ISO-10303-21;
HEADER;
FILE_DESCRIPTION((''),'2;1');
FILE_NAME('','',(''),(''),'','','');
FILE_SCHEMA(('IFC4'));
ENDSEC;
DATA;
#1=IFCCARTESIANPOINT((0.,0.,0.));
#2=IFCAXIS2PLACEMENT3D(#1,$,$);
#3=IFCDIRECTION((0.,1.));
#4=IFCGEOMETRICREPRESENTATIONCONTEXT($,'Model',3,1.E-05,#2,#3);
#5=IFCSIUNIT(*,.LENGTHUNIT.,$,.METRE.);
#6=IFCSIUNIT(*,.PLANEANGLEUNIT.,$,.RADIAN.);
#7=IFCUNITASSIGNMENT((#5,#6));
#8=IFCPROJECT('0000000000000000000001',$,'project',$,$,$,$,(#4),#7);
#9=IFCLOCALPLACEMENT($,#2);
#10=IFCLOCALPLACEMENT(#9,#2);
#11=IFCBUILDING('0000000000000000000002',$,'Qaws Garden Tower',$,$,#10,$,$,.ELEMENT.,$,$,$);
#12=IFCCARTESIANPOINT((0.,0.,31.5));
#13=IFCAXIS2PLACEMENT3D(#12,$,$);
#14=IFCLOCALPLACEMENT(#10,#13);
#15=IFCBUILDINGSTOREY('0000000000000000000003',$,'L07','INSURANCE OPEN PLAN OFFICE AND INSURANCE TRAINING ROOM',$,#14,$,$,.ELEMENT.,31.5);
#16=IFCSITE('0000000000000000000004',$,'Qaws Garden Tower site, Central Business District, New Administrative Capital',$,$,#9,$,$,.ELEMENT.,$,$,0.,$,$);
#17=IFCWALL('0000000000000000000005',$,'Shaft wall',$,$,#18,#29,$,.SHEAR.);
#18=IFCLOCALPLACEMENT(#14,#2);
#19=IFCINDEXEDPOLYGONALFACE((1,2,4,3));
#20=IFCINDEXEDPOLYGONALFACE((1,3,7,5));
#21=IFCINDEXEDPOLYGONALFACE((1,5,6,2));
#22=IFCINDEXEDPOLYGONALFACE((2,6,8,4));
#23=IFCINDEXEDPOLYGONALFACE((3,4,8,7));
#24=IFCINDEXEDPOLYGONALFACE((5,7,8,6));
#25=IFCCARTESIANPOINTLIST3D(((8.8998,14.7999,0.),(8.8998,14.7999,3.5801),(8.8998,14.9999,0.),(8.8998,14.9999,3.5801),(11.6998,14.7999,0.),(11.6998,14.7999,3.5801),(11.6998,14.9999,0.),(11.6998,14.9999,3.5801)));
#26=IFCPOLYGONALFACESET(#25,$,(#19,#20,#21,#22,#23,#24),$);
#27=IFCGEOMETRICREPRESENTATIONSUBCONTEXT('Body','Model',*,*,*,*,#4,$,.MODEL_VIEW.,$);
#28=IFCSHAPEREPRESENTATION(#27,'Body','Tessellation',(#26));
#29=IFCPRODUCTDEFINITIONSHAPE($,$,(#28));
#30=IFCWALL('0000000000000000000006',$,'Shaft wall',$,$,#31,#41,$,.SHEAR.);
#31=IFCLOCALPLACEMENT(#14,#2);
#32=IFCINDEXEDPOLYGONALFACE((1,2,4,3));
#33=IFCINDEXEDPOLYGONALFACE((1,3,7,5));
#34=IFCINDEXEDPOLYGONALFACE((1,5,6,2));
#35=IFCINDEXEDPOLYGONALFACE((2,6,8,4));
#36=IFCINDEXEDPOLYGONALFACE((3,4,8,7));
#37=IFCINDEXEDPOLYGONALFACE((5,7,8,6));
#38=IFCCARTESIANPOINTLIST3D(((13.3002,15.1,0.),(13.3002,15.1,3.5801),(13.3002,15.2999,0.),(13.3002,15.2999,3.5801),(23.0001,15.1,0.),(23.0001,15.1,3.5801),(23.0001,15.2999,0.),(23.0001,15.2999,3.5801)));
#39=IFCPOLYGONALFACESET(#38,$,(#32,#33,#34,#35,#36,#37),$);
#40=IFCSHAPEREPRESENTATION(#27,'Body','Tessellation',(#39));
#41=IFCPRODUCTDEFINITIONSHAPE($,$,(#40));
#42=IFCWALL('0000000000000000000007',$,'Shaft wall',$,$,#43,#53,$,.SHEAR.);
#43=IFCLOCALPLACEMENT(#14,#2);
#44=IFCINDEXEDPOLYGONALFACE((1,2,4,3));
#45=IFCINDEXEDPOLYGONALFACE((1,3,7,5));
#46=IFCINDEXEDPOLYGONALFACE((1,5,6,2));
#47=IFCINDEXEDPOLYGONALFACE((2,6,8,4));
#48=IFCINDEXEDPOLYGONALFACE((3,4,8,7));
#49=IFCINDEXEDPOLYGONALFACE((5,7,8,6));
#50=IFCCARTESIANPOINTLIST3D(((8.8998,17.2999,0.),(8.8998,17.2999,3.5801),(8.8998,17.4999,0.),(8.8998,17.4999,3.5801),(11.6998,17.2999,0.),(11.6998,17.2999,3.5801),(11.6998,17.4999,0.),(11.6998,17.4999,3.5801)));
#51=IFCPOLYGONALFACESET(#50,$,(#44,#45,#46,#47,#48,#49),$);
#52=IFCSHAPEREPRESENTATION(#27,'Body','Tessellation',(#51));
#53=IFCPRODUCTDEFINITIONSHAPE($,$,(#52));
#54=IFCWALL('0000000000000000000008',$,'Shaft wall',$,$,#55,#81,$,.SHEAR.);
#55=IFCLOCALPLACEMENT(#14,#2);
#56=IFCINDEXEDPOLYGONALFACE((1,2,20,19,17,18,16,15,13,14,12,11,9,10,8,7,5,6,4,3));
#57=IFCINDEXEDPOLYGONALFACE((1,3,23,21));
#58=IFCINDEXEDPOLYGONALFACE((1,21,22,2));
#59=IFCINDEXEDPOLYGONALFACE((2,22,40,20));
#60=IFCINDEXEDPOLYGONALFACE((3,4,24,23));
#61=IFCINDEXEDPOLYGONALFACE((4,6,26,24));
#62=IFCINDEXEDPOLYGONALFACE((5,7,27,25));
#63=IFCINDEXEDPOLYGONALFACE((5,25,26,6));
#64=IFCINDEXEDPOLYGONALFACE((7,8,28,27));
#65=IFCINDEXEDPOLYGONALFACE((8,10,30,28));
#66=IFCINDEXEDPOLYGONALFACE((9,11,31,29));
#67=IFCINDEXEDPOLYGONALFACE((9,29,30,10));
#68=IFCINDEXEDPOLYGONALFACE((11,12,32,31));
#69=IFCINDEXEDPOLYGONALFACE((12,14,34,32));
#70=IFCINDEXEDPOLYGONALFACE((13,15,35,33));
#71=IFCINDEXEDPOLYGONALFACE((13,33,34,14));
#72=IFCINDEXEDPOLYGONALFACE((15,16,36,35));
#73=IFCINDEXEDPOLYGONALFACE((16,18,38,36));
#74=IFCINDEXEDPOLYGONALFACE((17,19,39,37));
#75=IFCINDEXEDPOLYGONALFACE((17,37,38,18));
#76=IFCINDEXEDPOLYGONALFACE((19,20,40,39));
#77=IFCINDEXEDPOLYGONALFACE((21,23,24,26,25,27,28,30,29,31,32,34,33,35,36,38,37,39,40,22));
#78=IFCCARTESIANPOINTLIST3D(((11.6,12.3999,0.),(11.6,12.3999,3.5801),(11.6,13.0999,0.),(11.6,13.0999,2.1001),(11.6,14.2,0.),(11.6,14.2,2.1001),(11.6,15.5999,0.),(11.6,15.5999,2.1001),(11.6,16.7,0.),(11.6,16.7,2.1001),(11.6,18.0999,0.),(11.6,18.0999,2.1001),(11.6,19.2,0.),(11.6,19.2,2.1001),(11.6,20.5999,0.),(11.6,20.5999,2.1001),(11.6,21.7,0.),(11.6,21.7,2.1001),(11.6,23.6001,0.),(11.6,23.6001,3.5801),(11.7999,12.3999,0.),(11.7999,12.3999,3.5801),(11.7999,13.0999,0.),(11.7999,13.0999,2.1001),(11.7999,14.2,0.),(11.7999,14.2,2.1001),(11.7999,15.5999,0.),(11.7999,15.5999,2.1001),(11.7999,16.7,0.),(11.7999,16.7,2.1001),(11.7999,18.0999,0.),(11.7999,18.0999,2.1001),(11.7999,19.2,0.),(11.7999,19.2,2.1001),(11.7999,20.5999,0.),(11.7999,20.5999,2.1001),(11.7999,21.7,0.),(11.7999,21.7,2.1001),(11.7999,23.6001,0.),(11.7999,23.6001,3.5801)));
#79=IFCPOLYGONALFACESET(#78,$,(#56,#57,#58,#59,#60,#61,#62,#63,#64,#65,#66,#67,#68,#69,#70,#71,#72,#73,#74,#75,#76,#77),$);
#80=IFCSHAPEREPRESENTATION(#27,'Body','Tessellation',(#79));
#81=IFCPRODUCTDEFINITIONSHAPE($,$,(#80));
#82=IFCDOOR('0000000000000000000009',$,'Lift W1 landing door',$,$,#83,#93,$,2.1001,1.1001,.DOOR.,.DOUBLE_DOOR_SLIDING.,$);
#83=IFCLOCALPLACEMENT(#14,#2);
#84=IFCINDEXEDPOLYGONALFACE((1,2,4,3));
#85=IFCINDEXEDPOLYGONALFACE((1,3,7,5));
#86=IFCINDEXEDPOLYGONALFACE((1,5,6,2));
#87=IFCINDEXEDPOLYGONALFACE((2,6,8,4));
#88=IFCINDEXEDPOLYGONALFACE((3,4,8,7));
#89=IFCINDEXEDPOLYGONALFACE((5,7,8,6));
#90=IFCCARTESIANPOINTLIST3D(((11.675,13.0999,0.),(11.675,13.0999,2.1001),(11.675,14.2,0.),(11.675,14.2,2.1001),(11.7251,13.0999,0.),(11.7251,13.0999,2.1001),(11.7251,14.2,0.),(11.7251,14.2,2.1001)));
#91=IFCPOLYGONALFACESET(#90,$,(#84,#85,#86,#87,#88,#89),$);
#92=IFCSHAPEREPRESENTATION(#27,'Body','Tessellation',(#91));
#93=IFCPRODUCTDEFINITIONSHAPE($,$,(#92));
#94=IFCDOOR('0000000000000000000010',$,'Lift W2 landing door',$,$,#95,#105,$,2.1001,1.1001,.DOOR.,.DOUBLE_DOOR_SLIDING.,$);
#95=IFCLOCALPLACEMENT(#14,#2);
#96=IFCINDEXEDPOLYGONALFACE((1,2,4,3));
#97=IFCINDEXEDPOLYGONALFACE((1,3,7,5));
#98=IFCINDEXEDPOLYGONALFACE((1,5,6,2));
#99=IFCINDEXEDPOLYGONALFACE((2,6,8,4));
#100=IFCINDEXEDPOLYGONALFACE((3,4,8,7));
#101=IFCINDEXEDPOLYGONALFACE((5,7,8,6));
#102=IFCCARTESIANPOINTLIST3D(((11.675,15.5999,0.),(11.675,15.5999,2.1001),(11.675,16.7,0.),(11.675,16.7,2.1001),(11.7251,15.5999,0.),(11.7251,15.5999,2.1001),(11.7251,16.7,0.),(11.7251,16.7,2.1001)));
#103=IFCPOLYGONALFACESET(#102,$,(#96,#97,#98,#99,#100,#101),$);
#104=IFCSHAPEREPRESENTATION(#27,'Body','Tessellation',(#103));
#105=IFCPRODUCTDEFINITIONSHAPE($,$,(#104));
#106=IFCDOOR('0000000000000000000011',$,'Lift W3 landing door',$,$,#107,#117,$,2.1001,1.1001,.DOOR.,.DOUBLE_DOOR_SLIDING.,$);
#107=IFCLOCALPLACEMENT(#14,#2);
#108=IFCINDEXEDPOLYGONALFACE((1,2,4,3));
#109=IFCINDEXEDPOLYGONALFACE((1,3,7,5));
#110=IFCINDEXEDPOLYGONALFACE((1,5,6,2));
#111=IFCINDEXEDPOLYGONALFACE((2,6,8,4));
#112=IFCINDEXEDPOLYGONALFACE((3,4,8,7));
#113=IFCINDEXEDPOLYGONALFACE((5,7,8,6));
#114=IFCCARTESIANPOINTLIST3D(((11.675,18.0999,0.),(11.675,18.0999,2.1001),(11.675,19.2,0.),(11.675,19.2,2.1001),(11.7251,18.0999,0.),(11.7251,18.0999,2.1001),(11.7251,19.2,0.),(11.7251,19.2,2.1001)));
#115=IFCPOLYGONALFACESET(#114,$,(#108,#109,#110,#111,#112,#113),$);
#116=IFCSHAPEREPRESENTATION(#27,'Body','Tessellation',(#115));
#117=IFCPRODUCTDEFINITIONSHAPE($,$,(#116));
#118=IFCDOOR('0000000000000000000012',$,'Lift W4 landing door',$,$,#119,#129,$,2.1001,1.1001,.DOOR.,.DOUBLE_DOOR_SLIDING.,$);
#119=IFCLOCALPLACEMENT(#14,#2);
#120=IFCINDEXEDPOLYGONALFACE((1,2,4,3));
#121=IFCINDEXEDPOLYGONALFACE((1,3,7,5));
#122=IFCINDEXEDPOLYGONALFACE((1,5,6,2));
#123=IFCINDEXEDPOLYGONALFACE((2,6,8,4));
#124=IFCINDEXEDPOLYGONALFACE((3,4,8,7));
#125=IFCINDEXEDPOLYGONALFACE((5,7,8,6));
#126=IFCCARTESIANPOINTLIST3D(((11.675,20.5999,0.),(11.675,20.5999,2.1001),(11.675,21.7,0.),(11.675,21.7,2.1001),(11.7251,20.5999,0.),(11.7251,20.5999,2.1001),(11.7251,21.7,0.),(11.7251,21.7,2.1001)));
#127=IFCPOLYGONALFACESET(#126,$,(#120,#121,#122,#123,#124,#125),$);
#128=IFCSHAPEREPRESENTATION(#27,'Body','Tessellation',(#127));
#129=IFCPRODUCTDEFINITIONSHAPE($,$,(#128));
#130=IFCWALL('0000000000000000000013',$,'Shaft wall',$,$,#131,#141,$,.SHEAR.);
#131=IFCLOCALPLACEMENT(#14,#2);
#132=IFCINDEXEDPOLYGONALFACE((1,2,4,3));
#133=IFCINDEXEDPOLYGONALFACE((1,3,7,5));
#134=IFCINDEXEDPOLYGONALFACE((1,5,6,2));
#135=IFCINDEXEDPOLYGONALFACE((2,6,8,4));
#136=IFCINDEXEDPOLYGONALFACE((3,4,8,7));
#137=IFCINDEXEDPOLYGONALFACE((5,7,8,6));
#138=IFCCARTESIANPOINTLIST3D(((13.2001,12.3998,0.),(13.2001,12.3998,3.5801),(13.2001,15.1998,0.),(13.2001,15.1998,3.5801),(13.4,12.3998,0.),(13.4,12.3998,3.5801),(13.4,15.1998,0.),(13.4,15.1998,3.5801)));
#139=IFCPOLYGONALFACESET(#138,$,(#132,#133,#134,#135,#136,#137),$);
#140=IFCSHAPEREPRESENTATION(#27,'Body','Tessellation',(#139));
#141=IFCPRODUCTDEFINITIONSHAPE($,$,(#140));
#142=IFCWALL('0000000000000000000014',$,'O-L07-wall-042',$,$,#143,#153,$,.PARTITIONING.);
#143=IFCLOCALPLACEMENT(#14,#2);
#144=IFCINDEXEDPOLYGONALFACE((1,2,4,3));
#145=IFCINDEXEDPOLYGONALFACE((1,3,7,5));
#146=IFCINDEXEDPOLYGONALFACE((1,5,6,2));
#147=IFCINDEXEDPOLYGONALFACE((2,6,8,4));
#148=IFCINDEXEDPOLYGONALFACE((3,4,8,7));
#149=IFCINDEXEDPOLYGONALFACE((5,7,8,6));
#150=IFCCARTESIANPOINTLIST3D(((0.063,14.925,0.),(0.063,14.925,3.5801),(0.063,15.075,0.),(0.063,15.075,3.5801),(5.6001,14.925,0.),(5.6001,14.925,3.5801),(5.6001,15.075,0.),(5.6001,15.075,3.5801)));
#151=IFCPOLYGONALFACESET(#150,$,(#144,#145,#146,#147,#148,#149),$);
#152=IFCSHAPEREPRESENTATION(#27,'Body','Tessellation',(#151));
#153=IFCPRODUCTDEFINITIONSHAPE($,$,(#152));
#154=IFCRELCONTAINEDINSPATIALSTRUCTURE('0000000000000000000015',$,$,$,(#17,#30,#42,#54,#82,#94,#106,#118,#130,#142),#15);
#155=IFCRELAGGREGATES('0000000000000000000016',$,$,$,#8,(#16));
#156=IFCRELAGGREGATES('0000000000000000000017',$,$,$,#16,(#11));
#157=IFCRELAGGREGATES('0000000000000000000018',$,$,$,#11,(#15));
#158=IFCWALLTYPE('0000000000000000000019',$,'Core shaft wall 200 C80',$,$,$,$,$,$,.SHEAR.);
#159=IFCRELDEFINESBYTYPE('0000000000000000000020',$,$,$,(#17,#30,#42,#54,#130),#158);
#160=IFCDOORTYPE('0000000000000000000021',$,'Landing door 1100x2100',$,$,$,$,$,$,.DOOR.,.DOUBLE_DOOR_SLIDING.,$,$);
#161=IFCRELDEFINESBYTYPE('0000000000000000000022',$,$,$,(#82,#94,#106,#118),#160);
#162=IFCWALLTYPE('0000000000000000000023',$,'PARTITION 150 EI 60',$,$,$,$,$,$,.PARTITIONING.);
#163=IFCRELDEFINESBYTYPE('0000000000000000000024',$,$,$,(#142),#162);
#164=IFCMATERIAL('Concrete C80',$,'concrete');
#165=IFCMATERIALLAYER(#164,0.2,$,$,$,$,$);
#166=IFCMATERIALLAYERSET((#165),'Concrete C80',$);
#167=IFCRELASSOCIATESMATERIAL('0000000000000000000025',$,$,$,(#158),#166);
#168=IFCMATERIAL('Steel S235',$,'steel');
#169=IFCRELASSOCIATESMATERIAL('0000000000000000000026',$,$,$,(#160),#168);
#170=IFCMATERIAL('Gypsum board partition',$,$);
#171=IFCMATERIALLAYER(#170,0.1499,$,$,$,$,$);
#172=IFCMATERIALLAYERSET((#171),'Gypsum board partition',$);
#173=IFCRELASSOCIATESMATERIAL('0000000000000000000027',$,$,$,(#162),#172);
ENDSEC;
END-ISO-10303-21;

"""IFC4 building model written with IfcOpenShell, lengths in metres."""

from ifc_helpers import new_model, si_unit, direction, frame, frame_2d, origin, place, context, subcontext, project, spatial, rectangle, extrude, material, layer, layer_set, type_object, element, fill, save


model = new_model("IFC4")

# Units and contexts
model_context = context("Model", 3, precision=1e-05, world=origin(), true_north=direction((0.0, 1.0)))
body_context = subcontext(model_context, "Body", "Model", "MODEL_VIEW")
ifc_project = project(units=[si_unit("LENGTHUNIT", "METRE"), si_unit("PLANEANGLEUNIT", "RADIAN")], contexts=[model_context])

# Site, building, storey
site_placement = place(None, origin())
site = spatial("IfcSite", under=ifc_project, at=site_placement, Name="Qaws Garden Tower site, Central Business District, New Administrative Capital", CompositionType="ELEMENT", RefElevation=0.0)
building_placement = place(site_placement, origin())
building = spatial("IfcBuilding", under=site, at=building_placement, Name="Qaws Garden Tower", CompositionType="ELEMENT")
storey_placement = place(building_placement, frame((0.0, 0.0, 31.5)))
storey = spatial("IfcBuildingStorey", under=building, at=storey_placement, Name="L07", Description="INSURANCE OPEN PLAN OFFICE AND INSURANCE TRAINING ROOM", CompositionType="ELEMENT", Elevation=31.5)

# Shared definitions
ifc_material_1 = material(Name="Concrete C80", Category="concrete")
ifc_layer_1 = layer(ifc_material_1, 0.2)
ifc_layer_set_1 = layer_set([ifc_layer_1], Name="Concrete C80")
wall_type_1 = type_object("IfcWallType", Name="Core shaft wall 200 C80", PredefinedType="SHEAR", material=ifc_layer_set_1)

# Shared definitions
ifc_material_2 = material(Name="Steel S235", Category="steel")
door_type_1 = type_object("IfcDoorType", Name="Landing door 1100x2100", OperationType="DOUBLE_DOOR_SLIDING", PredefinedType="DOOR", material=ifc_material_2)

# Walls
wall_1_placement = place(storey_placement, frame((8.8999, 14.8999, 0.0), z_axis=(0.0, 0.0, 1.0), x_axis=(1.0, 0.0, 0.0)))
element("IfcWall", 1, at=wall_1_placement, inside=storey, type_object=wall_type_1, Name="Shaft wall", PredefinedType="SHEAR", context=body_context, shape_type="SweptSolid", body=[
    extrude(rectangle(XDim=2.8, YDim=0.2, at=frame_2d((1.3999, 0.0))), origin(), (0.0, 0.0, 1.0), 3.5801),
])
wall_2_placement = place(storey_placement, frame((13.3, 15.2, 0.0), z_axis=(0.0, 0.0, 1.0), x_axis=(1.0, 0.0, 0.0)))
element("IfcWall", 2, at=wall_2_placement, inside=storey, type_object=wall_type_1, Name="Shaft wall", PredefinedType="SHEAR", context=body_context, shape_type="SweptSolid", body=[
    extrude(rectangle(XDim=9.7, YDim=0.2, at=frame_2d((4.8501, 0.0))), origin(), (0.0, 0.0, 1.0), 3.5801),
])
wall_3_placement = place(storey_placement, frame((8.8999, 17.3999, 0.0), z_axis=(0.0, 0.0, 1.0), x_axis=(1.0, 0.0, 0.0)))
element("IfcWall", 3, at=wall_3_placement, inside=storey, type_object=wall_type_1, Name="Shaft wall", PredefinedType="SHEAR", context=body_context, shape_type="SweptSolid", body=[
    extrude(rectangle(XDim=2.8, YDim=0.2, at=frame_2d((1.3999, 0.0))), origin(), (0.0, 0.0, 1.0), 3.5801),
])

# Wall, openings, doors
wall_4_placement = place(storey_placement, frame((11.7, 12.3999, 0.0), z_axis=(0.0, 0.0, 1.0), x_axis=(0.0, 1.0, 0.0)))
wall_4 = element("IfcWall", 4, at=wall_4_placement, inside=storey, type_object=wall_type_1, Name="Shaft wall", PredefinedType="SHEAR", context=body_context, shape_type="SweptSolid", body=[
    extrude(rectangle(XDim=11.2002, YDim=0.2, at=frame_2d((5.6001, 0.0))), origin(), (0.0, 0.0, 1.0), 3.5801),
])
opening_1_placement = place(wall_4_placement, frame((0.7, 0.0, 0.0)))
opening_1 = element("IfcOpeningElement", 5, at=opening_1_placement, cuts=wall_4, PredefinedType="OPENING", context=body_context, shape_type="SweptSolid", body=[
    extrude(rectangle(XDim=1.1001, YDim=2.1001, at=frame_2d((0.55, 1.05))), frame((0.0, 0.1099, 0.0), z_axis=(0.0, -1.0, 0.0), x_axis=(1.0, 0.0, 0.0)), (0.0, 0.0, 1.0), 0.22),
])
opening_2_placement = place(wall_4_placement, frame((3.2, 0.0, 0.0)))
opening_2 = element("IfcOpeningElement", 6, at=opening_2_placement, cuts=wall_4, PredefinedType="OPENING", context=body_context, shape_type="SweptSolid", body=[
    extrude(rectangle(XDim=1.1001, YDim=2.1001, at=frame_2d((0.55, 1.05))), frame((0.0, 0.1099, 0.0), z_axis=(0.0, -1.0, 0.0), x_axis=(1.0, 0.0, 0.0)), (0.0, 0.0, 1.0), 0.22),
])
opening_3_placement = place(wall_4_placement, frame((5.7, 0.0, 0.0)))
opening_3 = element("IfcOpeningElement", 7, at=opening_3_placement, cuts=wall_4, PredefinedType="OPENING", context=body_context, shape_type="SweptSolid", body=[
    extrude(rectangle(XDim=1.1001, YDim=2.1001, at=frame_2d((0.55, 1.05))), frame((0.0, 0.1099, 0.0), z_axis=(0.0, -1.0, 0.0), x_axis=(1.0, 0.0, 0.0)), (0.0, 0.0, 1.0), 0.22),
])
opening_4_placement = place(wall_4_placement, frame((8.2, 0.0, 0.0)))
opening_4 = element("IfcOpeningElement", 8, at=opening_4_placement, cuts=wall_4, PredefinedType="OPENING", context=body_context, shape_type="SweptSolid", body=[
    extrude(rectangle(XDim=1.1001, YDim=2.1001, at=frame_2d((0.55, 1.05))), frame((0.0, 0.1099, 0.0), z_axis=(0.0, -1.0, 0.0), x_axis=(1.0, 0.0, 0.0)), (0.0, 0.0, 1.0), 0.22),
])
door_1_placement = place(opening_1_placement, origin())
door_1 = element("IfcDoor", 9, at=door_1_placement, inside=storey, type_object=door_type_1, Name="Lift W1 landing door", OperationType="DOUBLE_DOOR_SLIDING", OverallHeight=2.1001, OverallWidth=1.1001, PredefinedType="DOOR", context=body_context, shape_type="SweptSolid", body=[
    extrude(rectangle(XDim=1.1001, YDim=2.1001, at=frame_2d((0.55, 1.05))), frame((0.0, 0.0249, 0.0), z_axis=(0.0, -1.0, 0.0), x_axis=(1.0, 0.0, 0.0)), (0.0, 0.0, 1.0), 0.05),
])
fill(opening_1, door_1)
door_2_placement = place(opening_2_placement, origin())
door_2 = element("IfcDoor", 10, at=door_2_placement, inside=storey, type_object=door_type_1, Name="Lift W2 landing door", OperationType="DOUBLE_DOOR_SLIDING", OverallHeight=2.1001, OverallWidth=1.1001, PredefinedType="DOOR", context=body_context, shape_type="SweptSolid", body=[
    extrude(rectangle(XDim=1.1001, YDim=2.1001, at=frame_2d((0.55, 1.05))), frame((0.0, 0.0249, 0.0), z_axis=(0.0, -1.0, 0.0), x_axis=(1.0, 0.0, 0.0)), (0.0, 0.0, 1.0), 0.05),
])
fill(opening_2, door_2)
door_3_placement = place(opening_3_placement, origin())
door_3 = element("IfcDoor", 11, at=door_3_placement, inside=storey, type_object=door_type_1, Name="Lift W3 landing door", OperationType="DOUBLE_DOOR_SLIDING", OverallHeight=2.1001, OverallWidth=1.1001, PredefinedType="DOOR", context=body_context, shape_type="SweptSolid", body=[
    extrude(rectangle(XDim=1.1001, YDim=2.1001, at=frame_2d((0.55, 1.05))), frame((0.0, 0.0249, 0.0), z_axis=(0.0, -1.0, 0.0), x_axis=(1.0, 0.0, 0.0)), (0.0, 0.0, 1.0), 0.05),
])
fill(opening_3, door_3)
door_4_placement = place(opening_4_placement, origin())
door_4 = element("IfcDoor", 12, at=door_4_placement, inside=storey, type_object=door_type_1, Name="Lift W4 landing door", OperationType="DOUBLE_DOOR_SLIDING", OverallHeight=2.1001, OverallWidth=1.1001, PredefinedType="DOOR", context=body_context, shape_type="SweptSolid", body=[
    extrude(rectangle(XDim=1.1001, YDim=2.1001, at=frame_2d((0.55, 1.05))), frame((0.0, 0.0249, 0.0), z_axis=(0.0, -1.0, 0.0), x_axis=(1.0, 0.0, 0.0)), (0.0, 0.0, 1.0), 0.05),
])
fill(opening_4, door_4)

# Walls
wall_5_placement = place(storey_placement, frame((13.3, 12.3999, 0.0), z_axis=(0.0, 0.0, 1.0), x_axis=(0.0, 1.0, 0.0)))
element("IfcWall", 13, at=wall_5_placement, inside=storey, type_object=wall_type_1, Name="Shaft wall", PredefinedType="SHEAR", context=body_context, shape_type="SweptSolid", body=[
    extrude(rectangle(XDim=2.8, YDim=0.2, at=frame_2d((1.3999, 0.0))), origin(), (0.0, 0.0, 1.0), 3.5801),
])
ifc_material_3 = material(Name="Gypsum board partition")
ifc_layer_2 = layer(ifc_material_3, 0.1499)
ifc_layer_set_2 = layer_set([ifc_layer_2], Name="Gypsum board partition")
wall_type_2 = type_object("IfcWallType", Name="PARTITION 150 EI 60", PredefinedType="PARTITIONING", material=ifc_layer_set_2)
wall_6_placement = place(storey_placement, frame((0.063, 15.0, 0.0), z_axis=(0.0, 0.0, 1.0), x_axis=(1.0, 0.0, 0.0)))
element("IfcWall", 14, at=wall_6_placement, inside=storey, type_object=wall_type_2, Name="O-L07-wall-042", PredefinedType="PARTITIONING", context=body_context, shape_type="SweptSolid", body=[
    extrude(rectangle(XDim=5.5371, YDim=0.1499, at=frame_2d((2.7686, 0.0))), origin(), (0.0, 0.0, 1.0), 3.5801),
])

save(model, "model.ifc")
